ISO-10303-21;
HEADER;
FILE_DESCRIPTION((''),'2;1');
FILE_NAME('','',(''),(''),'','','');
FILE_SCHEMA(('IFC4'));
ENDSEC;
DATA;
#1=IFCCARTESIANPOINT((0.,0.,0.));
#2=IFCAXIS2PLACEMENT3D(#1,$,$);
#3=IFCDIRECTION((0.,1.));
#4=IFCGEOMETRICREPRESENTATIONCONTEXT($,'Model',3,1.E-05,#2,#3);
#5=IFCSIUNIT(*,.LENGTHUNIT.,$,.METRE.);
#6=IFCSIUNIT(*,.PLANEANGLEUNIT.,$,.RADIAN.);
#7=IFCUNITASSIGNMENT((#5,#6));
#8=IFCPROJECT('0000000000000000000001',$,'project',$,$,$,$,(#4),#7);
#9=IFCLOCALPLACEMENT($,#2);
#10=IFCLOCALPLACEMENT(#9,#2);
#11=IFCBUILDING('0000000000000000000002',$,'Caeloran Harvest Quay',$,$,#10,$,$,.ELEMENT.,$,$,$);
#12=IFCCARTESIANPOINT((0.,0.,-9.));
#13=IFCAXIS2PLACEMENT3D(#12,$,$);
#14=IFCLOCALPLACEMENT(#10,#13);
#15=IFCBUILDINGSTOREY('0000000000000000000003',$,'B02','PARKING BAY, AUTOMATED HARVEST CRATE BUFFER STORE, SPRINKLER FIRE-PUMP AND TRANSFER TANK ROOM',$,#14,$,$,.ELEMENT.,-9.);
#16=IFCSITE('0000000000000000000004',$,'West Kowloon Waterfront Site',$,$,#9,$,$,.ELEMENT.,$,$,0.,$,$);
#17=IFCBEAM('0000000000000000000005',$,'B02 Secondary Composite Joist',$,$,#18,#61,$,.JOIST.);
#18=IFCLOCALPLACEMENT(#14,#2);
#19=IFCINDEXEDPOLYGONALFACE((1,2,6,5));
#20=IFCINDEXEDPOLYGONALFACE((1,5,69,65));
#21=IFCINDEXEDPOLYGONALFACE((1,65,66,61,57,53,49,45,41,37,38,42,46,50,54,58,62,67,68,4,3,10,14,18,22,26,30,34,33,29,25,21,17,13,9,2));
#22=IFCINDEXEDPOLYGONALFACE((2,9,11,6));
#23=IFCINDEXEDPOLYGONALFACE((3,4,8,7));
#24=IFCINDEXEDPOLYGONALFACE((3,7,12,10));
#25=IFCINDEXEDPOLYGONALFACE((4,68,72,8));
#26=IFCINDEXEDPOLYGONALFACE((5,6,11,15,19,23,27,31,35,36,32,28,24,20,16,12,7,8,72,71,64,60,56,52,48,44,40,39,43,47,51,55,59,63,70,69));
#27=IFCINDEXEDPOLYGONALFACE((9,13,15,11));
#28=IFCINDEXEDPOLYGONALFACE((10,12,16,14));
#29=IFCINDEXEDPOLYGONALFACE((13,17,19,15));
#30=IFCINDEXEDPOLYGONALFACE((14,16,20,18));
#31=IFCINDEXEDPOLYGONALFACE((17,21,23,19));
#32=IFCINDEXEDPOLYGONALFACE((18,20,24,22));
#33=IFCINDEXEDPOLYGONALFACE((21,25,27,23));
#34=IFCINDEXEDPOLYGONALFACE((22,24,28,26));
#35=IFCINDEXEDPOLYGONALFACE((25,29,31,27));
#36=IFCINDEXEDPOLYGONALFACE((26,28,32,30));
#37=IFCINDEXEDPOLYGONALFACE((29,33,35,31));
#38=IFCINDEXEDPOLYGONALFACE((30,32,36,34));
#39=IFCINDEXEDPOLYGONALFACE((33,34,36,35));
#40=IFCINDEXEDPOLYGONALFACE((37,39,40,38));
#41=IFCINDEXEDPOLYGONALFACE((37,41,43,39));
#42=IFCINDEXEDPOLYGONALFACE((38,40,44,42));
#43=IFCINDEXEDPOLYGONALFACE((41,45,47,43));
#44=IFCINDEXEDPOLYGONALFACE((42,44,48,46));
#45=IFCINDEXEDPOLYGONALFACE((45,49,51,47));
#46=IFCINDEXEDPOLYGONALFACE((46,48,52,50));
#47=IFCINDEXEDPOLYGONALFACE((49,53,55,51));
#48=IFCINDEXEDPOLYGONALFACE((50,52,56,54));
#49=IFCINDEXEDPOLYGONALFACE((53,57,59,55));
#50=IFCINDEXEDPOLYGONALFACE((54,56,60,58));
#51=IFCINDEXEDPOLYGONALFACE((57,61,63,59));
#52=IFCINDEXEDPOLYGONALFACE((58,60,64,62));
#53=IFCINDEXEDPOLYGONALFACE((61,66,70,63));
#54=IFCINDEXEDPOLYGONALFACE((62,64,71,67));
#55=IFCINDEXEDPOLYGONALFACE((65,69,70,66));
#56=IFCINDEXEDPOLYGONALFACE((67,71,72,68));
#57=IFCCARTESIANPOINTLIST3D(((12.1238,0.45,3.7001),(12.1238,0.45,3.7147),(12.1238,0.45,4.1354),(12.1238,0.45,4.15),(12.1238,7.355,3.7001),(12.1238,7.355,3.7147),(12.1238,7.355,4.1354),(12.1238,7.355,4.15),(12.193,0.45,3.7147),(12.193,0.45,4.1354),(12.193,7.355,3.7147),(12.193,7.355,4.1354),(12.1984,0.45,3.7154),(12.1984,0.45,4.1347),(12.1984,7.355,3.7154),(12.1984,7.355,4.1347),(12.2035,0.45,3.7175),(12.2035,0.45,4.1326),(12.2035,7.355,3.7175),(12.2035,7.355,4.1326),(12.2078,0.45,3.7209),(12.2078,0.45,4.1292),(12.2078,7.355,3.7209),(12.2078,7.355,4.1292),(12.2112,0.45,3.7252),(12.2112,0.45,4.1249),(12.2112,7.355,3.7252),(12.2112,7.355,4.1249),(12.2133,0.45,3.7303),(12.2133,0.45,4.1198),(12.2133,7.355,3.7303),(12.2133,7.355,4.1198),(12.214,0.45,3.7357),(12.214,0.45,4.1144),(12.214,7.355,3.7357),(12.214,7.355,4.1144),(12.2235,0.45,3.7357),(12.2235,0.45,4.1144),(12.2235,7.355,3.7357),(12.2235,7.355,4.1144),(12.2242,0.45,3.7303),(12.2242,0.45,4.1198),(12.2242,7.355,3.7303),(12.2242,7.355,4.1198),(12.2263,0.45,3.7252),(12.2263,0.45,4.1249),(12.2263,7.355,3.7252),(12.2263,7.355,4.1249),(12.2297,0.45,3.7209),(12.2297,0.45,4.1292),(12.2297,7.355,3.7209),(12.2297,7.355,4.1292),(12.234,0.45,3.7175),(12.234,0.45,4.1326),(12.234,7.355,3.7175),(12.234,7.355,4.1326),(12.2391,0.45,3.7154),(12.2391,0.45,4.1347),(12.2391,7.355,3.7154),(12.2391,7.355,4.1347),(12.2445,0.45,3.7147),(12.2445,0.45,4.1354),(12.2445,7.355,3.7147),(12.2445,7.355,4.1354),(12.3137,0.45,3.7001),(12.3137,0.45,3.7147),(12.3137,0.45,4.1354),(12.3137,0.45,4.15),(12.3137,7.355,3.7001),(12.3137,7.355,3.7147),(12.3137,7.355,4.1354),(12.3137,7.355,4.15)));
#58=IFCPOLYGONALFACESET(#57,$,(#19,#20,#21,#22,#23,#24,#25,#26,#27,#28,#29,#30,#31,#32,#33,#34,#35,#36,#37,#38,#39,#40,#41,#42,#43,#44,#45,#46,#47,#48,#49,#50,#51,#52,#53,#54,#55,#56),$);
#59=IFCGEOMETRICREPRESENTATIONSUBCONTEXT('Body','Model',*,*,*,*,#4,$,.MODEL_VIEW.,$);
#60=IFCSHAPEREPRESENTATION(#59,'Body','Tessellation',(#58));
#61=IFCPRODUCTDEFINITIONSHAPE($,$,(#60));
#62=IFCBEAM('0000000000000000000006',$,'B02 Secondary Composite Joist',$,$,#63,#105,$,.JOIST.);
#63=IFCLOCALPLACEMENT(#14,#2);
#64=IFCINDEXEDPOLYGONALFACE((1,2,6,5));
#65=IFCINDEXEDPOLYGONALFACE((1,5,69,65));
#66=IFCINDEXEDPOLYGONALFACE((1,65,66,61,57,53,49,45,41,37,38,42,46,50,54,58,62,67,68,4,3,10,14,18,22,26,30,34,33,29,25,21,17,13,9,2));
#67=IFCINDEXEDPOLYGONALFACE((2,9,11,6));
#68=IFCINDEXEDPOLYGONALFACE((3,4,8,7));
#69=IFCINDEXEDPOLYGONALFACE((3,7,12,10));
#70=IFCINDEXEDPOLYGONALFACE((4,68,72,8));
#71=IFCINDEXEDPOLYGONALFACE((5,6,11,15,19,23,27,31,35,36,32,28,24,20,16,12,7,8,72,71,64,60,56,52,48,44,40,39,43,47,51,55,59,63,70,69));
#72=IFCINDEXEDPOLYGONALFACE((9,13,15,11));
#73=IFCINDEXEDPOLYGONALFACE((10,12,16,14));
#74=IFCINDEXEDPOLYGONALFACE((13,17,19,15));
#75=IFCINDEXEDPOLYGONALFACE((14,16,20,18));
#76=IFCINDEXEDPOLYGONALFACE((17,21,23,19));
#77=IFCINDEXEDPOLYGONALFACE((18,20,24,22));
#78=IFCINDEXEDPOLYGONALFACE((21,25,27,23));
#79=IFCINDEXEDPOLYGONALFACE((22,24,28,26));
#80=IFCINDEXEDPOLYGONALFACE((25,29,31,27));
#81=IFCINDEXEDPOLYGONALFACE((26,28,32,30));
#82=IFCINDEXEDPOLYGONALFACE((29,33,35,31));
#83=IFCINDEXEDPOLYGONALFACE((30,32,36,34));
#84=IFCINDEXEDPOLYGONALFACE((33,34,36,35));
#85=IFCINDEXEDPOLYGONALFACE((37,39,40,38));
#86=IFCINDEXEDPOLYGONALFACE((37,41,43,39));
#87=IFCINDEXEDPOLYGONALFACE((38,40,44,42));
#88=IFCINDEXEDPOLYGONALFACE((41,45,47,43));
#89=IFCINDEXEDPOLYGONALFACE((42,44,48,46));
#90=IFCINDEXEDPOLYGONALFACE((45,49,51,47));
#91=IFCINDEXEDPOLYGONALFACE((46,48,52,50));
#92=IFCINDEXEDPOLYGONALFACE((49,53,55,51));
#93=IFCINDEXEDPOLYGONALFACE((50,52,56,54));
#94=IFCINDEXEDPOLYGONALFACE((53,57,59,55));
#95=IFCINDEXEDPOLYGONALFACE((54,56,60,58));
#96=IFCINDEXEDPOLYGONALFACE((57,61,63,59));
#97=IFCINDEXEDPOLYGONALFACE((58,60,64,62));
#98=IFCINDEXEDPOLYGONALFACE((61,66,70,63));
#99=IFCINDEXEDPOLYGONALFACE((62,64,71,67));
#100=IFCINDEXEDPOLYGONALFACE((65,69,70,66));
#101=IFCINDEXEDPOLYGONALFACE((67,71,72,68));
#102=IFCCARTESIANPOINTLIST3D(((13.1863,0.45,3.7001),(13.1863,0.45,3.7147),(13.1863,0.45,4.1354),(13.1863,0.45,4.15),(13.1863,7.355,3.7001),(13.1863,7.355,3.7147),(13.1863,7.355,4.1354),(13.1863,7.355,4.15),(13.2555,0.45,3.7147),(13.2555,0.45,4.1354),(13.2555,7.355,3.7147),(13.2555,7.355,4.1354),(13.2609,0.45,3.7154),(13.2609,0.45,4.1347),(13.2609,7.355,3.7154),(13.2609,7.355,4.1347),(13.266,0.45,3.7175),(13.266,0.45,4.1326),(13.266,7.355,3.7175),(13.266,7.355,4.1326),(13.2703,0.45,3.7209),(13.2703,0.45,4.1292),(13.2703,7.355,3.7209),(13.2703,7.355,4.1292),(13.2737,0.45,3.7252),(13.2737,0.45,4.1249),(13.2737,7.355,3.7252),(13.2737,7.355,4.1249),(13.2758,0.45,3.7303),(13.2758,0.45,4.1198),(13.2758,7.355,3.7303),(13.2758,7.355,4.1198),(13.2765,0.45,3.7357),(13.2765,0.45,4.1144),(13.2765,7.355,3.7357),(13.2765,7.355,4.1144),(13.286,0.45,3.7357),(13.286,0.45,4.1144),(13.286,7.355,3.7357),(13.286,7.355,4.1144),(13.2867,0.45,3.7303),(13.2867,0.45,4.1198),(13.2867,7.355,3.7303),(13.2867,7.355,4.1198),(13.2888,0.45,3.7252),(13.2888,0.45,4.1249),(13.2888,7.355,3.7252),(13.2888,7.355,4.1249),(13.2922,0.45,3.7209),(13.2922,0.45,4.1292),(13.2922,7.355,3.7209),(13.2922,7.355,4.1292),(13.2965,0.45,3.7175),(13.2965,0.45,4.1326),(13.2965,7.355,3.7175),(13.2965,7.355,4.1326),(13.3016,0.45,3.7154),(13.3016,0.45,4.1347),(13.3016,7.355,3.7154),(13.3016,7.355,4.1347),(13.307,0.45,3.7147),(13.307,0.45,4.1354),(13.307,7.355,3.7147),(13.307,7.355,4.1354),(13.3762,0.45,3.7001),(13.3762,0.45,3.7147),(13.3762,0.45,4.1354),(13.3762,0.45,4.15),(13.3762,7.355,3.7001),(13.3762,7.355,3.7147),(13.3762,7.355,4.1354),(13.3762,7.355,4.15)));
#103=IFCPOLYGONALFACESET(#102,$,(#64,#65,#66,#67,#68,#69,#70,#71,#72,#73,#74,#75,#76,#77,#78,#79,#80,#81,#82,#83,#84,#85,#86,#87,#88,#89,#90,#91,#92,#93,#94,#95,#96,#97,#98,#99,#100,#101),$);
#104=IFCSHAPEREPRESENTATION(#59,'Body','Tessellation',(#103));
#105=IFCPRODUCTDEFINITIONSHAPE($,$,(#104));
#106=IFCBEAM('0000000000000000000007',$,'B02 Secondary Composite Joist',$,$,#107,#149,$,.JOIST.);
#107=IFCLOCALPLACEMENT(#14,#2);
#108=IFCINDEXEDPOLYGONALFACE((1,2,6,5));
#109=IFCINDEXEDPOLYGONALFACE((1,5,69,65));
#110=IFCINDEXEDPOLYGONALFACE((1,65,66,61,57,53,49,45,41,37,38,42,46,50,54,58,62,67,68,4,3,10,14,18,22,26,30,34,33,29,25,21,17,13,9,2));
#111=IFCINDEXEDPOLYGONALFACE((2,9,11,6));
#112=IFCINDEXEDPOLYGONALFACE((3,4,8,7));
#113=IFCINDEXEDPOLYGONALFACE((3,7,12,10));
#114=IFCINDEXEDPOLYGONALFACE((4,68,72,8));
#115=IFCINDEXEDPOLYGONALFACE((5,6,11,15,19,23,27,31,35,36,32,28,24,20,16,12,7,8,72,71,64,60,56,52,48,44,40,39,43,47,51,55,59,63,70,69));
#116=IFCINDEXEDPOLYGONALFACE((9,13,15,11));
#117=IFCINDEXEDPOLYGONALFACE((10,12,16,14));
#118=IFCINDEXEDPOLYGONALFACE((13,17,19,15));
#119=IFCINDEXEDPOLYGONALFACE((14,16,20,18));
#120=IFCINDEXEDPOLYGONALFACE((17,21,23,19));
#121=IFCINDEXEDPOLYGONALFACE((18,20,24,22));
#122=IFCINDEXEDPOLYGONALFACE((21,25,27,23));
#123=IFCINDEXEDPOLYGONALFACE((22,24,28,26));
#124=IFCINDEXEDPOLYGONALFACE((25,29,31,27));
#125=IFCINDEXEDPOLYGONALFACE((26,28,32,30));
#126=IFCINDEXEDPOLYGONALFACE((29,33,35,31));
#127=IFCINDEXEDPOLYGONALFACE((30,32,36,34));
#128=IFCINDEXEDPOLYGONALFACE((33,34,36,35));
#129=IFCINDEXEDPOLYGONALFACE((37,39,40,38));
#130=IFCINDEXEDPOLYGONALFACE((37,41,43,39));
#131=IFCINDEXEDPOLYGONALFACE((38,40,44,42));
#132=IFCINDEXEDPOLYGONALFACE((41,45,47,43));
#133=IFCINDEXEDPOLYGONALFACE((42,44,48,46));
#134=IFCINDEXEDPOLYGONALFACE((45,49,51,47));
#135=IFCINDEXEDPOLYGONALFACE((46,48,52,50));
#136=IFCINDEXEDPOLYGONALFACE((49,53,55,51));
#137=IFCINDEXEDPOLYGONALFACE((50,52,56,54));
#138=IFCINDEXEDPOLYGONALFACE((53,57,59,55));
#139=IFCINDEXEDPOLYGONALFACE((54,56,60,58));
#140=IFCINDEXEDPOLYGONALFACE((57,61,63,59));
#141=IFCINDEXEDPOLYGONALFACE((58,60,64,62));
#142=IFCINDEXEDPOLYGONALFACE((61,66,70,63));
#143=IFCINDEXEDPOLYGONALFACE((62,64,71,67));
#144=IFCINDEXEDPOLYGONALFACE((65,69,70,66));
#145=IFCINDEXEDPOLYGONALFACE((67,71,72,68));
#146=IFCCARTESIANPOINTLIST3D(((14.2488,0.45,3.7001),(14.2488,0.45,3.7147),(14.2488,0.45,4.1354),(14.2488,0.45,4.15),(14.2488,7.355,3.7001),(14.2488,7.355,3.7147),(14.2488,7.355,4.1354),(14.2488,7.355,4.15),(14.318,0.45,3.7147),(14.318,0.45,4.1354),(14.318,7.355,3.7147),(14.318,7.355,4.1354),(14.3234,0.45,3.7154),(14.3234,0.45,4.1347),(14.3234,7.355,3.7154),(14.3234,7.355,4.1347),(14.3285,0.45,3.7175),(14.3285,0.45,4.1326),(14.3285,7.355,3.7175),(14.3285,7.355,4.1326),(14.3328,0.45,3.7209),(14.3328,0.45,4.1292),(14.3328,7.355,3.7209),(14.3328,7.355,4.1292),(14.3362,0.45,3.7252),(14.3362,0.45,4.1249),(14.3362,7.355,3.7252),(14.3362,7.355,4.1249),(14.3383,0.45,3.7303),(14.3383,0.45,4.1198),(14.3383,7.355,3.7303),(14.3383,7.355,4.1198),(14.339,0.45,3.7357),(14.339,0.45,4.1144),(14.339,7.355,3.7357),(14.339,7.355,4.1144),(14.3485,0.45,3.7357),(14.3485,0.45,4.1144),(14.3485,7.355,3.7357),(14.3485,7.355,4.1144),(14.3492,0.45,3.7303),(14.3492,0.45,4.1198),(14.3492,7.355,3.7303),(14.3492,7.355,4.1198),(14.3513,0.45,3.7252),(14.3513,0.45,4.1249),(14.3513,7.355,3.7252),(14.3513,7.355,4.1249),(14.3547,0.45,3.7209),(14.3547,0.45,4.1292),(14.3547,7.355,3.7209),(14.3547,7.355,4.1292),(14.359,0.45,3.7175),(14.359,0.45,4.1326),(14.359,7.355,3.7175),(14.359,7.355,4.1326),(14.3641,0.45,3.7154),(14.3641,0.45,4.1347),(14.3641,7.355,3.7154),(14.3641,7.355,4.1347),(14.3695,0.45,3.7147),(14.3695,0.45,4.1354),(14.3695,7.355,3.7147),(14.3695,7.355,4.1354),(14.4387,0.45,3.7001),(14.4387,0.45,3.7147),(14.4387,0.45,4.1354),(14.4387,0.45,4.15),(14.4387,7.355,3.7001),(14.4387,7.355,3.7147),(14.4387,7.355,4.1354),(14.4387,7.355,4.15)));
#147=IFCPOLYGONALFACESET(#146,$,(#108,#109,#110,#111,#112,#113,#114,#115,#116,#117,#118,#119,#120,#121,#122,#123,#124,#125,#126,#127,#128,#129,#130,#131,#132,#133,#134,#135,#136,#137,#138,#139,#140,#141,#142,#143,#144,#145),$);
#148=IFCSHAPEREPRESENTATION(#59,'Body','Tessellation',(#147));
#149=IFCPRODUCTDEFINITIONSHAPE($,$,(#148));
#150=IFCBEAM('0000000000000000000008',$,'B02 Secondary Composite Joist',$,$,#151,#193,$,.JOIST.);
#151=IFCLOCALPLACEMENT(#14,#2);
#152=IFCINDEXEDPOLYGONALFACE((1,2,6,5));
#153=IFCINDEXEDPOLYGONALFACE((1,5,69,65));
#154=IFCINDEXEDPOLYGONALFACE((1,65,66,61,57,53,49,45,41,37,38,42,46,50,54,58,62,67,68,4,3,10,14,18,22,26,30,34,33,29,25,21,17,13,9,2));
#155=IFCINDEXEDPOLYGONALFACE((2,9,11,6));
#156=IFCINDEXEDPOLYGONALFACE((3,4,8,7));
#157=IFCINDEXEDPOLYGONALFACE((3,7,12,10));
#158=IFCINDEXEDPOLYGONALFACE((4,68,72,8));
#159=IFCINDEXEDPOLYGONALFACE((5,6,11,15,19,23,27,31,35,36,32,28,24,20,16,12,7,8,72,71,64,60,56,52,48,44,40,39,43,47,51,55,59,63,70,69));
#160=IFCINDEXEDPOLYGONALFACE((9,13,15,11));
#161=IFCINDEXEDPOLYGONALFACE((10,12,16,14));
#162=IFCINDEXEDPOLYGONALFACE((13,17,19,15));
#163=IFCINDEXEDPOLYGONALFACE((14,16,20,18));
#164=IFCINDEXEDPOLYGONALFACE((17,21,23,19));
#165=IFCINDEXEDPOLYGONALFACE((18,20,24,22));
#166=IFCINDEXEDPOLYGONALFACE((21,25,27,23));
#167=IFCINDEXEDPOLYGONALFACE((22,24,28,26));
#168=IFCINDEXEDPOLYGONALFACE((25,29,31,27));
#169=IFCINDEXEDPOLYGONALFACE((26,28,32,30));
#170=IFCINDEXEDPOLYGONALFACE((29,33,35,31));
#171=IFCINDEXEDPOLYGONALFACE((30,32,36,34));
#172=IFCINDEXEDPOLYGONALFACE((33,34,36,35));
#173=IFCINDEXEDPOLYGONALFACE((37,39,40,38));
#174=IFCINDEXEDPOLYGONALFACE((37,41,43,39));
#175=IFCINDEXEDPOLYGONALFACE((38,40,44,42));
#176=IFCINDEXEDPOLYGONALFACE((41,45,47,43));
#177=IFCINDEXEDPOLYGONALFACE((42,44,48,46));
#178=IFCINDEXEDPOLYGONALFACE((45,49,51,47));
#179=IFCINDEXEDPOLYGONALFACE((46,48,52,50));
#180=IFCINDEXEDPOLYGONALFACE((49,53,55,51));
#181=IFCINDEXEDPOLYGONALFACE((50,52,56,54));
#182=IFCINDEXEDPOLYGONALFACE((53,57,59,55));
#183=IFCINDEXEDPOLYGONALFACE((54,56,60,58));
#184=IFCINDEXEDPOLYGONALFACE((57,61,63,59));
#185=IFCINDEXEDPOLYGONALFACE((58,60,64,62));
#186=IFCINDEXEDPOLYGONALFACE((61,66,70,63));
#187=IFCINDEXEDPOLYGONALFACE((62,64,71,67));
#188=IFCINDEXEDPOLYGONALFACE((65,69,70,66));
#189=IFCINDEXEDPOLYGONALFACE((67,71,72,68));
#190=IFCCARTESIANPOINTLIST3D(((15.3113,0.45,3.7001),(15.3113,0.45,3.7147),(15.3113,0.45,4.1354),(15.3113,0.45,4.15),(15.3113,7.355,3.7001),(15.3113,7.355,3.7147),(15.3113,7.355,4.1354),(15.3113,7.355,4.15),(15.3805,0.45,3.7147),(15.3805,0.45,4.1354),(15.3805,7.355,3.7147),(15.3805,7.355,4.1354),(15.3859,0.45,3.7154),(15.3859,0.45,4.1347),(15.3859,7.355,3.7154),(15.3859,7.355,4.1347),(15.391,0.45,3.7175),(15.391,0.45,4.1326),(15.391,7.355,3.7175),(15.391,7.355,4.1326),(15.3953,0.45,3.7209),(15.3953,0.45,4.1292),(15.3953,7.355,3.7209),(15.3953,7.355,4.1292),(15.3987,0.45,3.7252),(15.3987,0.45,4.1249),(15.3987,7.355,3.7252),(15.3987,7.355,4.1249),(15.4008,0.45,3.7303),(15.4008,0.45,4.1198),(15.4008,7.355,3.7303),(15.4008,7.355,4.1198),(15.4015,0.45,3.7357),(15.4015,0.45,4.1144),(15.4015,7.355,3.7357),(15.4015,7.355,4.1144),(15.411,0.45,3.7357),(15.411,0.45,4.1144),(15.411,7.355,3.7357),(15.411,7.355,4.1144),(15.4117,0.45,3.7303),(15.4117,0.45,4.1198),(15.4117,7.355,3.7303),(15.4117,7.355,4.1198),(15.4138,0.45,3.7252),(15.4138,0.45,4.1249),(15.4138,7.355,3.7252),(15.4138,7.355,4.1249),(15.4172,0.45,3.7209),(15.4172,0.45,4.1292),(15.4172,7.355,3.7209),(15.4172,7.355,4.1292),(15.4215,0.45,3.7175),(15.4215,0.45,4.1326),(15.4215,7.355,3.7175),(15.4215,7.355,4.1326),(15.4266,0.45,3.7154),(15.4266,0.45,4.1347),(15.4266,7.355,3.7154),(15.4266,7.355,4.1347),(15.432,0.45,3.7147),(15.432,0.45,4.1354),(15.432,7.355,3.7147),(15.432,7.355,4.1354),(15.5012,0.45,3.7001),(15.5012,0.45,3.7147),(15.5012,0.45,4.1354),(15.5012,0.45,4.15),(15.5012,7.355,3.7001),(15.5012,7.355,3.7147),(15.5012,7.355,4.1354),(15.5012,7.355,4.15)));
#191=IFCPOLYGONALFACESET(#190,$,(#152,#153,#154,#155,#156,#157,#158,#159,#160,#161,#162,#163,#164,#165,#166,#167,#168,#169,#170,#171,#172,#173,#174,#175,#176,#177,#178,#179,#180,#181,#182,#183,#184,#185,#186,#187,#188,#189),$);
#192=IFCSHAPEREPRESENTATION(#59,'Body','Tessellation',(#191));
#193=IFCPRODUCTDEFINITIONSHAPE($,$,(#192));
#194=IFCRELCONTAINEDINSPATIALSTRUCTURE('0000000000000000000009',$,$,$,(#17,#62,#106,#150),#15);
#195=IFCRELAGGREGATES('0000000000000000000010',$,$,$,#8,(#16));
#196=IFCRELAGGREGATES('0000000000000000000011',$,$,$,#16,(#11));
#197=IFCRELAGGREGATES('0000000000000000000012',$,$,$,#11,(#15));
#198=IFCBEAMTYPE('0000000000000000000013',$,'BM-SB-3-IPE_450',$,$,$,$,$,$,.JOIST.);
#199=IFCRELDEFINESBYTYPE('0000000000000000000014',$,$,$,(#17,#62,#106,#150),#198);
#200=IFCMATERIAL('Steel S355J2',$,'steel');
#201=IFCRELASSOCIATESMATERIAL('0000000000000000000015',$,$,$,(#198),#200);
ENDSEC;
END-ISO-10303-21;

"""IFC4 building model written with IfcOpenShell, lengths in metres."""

from ifc_helpers import new_model, si_unit, direction, frame, origin, origin_2d, place, context, subcontext, project, spatial, i_section, extrude, material, material_profile, profile_set, type_object, element, save


model = new_model("IFC4")

# Units and contexts
model_context = context("Model", 3, precision=1e-05, world=origin(), true_north=direction((0.0, 1.0)))
body_context = subcontext(model_context, "Body", "Model", "MODEL_VIEW")
ifc_project = project(units=[si_unit("LENGTHUNIT", "METRE"), si_unit("PLANEANGLEUNIT", "RADIAN")], contexts=[model_context])

# Site, building, storey
site_placement = place(None, origin())
site = spatial("IfcSite", under=ifc_project, at=site_placement, Name="West Kowloon Waterfront Site", CompositionType="ELEMENT", RefElevation=0.0)
building_placement = place(site_placement, origin())
building = spatial("IfcBuilding", under=site, at=building_placement, Name="Caeloran Harvest Quay", CompositionType="ELEMENT")
storey_placement = place(building_placement, frame((0.0, 0.0, -9.0)))
storey = spatial("IfcBuildingStorey", under=building, at=storey_placement, Name="B02", Description="PARKING BAY, AUTOMATED HARVEST CRATE BUFFER STORE, SPRINKLER FIRE-PUMP AND TRANSFER TANK ROOM", CompositionType="ELEMENT", Elevation=-9.0)

# Beams
ifc_material_1 = material(Name="Steel S355J2", Category="steel")
ifc_material_profile_1 = material_profile(ifc_material_1, i_section(OverallWidth=0.1899, OverallDepth=0.45, WebThickness=0.0095, FlangeThickness=0.0146, FilletRadius=0.021, at=origin_2d()), Name="IPE 450")
ifc_profile_set_1 = profile_set([ifc_material_profile_1], Name="Steel S355J2")
beam_type_1 = type_object("IfcBeamType", Name="BM-SB-3-IPE_450", PredefinedType="JOIST", material=ifc_profile_set_1)
for number, where, z_axis, x_axis, name in (
    (1, (12.2188, 0.45, 3.925), (0.0, 1.0, 0.0), (-1.0, 0.0, 0.0), "B02 Secondary Composite Joist"),
    (2, (13.2812, 0.45, 3.925), (0.0, 1.0, 0.0), (-1.0, 0.0, 0.0), "B02 Secondary Composite Joist"),
    (3, (14.3438, 0.45, 3.925), (0.0, 1.0, 0.0), (-1.0, 0.0, 0.0), "B02 Secondary Composite Joist"),
    (4, (15.4062, 0.45, 3.925), (0.0, 1.0, 0.0), (-1.0, 0.0, 0.0), "B02 Secondary Composite Joist"),
):
    element("IfcBeam", number, at=place(storey_placement, frame(where, z_axis=z_axis, x_axis=x_axis)), inside=storey, type_object=beam_type_1, Name=name, PredefinedType="JOIST", context=body_context, shape_type="SweptSolid", body=[
        extrude(i_section(OverallWidth=0.1899, OverallDepth=0.45, WebThickness=0.0095, FlangeThickness=0.0146, FilletRadius=0.021, at=origin_2d()), origin(), (0.0, 0.0, 1.0), 6.905),
    ])

save(model, "model.ifc")
